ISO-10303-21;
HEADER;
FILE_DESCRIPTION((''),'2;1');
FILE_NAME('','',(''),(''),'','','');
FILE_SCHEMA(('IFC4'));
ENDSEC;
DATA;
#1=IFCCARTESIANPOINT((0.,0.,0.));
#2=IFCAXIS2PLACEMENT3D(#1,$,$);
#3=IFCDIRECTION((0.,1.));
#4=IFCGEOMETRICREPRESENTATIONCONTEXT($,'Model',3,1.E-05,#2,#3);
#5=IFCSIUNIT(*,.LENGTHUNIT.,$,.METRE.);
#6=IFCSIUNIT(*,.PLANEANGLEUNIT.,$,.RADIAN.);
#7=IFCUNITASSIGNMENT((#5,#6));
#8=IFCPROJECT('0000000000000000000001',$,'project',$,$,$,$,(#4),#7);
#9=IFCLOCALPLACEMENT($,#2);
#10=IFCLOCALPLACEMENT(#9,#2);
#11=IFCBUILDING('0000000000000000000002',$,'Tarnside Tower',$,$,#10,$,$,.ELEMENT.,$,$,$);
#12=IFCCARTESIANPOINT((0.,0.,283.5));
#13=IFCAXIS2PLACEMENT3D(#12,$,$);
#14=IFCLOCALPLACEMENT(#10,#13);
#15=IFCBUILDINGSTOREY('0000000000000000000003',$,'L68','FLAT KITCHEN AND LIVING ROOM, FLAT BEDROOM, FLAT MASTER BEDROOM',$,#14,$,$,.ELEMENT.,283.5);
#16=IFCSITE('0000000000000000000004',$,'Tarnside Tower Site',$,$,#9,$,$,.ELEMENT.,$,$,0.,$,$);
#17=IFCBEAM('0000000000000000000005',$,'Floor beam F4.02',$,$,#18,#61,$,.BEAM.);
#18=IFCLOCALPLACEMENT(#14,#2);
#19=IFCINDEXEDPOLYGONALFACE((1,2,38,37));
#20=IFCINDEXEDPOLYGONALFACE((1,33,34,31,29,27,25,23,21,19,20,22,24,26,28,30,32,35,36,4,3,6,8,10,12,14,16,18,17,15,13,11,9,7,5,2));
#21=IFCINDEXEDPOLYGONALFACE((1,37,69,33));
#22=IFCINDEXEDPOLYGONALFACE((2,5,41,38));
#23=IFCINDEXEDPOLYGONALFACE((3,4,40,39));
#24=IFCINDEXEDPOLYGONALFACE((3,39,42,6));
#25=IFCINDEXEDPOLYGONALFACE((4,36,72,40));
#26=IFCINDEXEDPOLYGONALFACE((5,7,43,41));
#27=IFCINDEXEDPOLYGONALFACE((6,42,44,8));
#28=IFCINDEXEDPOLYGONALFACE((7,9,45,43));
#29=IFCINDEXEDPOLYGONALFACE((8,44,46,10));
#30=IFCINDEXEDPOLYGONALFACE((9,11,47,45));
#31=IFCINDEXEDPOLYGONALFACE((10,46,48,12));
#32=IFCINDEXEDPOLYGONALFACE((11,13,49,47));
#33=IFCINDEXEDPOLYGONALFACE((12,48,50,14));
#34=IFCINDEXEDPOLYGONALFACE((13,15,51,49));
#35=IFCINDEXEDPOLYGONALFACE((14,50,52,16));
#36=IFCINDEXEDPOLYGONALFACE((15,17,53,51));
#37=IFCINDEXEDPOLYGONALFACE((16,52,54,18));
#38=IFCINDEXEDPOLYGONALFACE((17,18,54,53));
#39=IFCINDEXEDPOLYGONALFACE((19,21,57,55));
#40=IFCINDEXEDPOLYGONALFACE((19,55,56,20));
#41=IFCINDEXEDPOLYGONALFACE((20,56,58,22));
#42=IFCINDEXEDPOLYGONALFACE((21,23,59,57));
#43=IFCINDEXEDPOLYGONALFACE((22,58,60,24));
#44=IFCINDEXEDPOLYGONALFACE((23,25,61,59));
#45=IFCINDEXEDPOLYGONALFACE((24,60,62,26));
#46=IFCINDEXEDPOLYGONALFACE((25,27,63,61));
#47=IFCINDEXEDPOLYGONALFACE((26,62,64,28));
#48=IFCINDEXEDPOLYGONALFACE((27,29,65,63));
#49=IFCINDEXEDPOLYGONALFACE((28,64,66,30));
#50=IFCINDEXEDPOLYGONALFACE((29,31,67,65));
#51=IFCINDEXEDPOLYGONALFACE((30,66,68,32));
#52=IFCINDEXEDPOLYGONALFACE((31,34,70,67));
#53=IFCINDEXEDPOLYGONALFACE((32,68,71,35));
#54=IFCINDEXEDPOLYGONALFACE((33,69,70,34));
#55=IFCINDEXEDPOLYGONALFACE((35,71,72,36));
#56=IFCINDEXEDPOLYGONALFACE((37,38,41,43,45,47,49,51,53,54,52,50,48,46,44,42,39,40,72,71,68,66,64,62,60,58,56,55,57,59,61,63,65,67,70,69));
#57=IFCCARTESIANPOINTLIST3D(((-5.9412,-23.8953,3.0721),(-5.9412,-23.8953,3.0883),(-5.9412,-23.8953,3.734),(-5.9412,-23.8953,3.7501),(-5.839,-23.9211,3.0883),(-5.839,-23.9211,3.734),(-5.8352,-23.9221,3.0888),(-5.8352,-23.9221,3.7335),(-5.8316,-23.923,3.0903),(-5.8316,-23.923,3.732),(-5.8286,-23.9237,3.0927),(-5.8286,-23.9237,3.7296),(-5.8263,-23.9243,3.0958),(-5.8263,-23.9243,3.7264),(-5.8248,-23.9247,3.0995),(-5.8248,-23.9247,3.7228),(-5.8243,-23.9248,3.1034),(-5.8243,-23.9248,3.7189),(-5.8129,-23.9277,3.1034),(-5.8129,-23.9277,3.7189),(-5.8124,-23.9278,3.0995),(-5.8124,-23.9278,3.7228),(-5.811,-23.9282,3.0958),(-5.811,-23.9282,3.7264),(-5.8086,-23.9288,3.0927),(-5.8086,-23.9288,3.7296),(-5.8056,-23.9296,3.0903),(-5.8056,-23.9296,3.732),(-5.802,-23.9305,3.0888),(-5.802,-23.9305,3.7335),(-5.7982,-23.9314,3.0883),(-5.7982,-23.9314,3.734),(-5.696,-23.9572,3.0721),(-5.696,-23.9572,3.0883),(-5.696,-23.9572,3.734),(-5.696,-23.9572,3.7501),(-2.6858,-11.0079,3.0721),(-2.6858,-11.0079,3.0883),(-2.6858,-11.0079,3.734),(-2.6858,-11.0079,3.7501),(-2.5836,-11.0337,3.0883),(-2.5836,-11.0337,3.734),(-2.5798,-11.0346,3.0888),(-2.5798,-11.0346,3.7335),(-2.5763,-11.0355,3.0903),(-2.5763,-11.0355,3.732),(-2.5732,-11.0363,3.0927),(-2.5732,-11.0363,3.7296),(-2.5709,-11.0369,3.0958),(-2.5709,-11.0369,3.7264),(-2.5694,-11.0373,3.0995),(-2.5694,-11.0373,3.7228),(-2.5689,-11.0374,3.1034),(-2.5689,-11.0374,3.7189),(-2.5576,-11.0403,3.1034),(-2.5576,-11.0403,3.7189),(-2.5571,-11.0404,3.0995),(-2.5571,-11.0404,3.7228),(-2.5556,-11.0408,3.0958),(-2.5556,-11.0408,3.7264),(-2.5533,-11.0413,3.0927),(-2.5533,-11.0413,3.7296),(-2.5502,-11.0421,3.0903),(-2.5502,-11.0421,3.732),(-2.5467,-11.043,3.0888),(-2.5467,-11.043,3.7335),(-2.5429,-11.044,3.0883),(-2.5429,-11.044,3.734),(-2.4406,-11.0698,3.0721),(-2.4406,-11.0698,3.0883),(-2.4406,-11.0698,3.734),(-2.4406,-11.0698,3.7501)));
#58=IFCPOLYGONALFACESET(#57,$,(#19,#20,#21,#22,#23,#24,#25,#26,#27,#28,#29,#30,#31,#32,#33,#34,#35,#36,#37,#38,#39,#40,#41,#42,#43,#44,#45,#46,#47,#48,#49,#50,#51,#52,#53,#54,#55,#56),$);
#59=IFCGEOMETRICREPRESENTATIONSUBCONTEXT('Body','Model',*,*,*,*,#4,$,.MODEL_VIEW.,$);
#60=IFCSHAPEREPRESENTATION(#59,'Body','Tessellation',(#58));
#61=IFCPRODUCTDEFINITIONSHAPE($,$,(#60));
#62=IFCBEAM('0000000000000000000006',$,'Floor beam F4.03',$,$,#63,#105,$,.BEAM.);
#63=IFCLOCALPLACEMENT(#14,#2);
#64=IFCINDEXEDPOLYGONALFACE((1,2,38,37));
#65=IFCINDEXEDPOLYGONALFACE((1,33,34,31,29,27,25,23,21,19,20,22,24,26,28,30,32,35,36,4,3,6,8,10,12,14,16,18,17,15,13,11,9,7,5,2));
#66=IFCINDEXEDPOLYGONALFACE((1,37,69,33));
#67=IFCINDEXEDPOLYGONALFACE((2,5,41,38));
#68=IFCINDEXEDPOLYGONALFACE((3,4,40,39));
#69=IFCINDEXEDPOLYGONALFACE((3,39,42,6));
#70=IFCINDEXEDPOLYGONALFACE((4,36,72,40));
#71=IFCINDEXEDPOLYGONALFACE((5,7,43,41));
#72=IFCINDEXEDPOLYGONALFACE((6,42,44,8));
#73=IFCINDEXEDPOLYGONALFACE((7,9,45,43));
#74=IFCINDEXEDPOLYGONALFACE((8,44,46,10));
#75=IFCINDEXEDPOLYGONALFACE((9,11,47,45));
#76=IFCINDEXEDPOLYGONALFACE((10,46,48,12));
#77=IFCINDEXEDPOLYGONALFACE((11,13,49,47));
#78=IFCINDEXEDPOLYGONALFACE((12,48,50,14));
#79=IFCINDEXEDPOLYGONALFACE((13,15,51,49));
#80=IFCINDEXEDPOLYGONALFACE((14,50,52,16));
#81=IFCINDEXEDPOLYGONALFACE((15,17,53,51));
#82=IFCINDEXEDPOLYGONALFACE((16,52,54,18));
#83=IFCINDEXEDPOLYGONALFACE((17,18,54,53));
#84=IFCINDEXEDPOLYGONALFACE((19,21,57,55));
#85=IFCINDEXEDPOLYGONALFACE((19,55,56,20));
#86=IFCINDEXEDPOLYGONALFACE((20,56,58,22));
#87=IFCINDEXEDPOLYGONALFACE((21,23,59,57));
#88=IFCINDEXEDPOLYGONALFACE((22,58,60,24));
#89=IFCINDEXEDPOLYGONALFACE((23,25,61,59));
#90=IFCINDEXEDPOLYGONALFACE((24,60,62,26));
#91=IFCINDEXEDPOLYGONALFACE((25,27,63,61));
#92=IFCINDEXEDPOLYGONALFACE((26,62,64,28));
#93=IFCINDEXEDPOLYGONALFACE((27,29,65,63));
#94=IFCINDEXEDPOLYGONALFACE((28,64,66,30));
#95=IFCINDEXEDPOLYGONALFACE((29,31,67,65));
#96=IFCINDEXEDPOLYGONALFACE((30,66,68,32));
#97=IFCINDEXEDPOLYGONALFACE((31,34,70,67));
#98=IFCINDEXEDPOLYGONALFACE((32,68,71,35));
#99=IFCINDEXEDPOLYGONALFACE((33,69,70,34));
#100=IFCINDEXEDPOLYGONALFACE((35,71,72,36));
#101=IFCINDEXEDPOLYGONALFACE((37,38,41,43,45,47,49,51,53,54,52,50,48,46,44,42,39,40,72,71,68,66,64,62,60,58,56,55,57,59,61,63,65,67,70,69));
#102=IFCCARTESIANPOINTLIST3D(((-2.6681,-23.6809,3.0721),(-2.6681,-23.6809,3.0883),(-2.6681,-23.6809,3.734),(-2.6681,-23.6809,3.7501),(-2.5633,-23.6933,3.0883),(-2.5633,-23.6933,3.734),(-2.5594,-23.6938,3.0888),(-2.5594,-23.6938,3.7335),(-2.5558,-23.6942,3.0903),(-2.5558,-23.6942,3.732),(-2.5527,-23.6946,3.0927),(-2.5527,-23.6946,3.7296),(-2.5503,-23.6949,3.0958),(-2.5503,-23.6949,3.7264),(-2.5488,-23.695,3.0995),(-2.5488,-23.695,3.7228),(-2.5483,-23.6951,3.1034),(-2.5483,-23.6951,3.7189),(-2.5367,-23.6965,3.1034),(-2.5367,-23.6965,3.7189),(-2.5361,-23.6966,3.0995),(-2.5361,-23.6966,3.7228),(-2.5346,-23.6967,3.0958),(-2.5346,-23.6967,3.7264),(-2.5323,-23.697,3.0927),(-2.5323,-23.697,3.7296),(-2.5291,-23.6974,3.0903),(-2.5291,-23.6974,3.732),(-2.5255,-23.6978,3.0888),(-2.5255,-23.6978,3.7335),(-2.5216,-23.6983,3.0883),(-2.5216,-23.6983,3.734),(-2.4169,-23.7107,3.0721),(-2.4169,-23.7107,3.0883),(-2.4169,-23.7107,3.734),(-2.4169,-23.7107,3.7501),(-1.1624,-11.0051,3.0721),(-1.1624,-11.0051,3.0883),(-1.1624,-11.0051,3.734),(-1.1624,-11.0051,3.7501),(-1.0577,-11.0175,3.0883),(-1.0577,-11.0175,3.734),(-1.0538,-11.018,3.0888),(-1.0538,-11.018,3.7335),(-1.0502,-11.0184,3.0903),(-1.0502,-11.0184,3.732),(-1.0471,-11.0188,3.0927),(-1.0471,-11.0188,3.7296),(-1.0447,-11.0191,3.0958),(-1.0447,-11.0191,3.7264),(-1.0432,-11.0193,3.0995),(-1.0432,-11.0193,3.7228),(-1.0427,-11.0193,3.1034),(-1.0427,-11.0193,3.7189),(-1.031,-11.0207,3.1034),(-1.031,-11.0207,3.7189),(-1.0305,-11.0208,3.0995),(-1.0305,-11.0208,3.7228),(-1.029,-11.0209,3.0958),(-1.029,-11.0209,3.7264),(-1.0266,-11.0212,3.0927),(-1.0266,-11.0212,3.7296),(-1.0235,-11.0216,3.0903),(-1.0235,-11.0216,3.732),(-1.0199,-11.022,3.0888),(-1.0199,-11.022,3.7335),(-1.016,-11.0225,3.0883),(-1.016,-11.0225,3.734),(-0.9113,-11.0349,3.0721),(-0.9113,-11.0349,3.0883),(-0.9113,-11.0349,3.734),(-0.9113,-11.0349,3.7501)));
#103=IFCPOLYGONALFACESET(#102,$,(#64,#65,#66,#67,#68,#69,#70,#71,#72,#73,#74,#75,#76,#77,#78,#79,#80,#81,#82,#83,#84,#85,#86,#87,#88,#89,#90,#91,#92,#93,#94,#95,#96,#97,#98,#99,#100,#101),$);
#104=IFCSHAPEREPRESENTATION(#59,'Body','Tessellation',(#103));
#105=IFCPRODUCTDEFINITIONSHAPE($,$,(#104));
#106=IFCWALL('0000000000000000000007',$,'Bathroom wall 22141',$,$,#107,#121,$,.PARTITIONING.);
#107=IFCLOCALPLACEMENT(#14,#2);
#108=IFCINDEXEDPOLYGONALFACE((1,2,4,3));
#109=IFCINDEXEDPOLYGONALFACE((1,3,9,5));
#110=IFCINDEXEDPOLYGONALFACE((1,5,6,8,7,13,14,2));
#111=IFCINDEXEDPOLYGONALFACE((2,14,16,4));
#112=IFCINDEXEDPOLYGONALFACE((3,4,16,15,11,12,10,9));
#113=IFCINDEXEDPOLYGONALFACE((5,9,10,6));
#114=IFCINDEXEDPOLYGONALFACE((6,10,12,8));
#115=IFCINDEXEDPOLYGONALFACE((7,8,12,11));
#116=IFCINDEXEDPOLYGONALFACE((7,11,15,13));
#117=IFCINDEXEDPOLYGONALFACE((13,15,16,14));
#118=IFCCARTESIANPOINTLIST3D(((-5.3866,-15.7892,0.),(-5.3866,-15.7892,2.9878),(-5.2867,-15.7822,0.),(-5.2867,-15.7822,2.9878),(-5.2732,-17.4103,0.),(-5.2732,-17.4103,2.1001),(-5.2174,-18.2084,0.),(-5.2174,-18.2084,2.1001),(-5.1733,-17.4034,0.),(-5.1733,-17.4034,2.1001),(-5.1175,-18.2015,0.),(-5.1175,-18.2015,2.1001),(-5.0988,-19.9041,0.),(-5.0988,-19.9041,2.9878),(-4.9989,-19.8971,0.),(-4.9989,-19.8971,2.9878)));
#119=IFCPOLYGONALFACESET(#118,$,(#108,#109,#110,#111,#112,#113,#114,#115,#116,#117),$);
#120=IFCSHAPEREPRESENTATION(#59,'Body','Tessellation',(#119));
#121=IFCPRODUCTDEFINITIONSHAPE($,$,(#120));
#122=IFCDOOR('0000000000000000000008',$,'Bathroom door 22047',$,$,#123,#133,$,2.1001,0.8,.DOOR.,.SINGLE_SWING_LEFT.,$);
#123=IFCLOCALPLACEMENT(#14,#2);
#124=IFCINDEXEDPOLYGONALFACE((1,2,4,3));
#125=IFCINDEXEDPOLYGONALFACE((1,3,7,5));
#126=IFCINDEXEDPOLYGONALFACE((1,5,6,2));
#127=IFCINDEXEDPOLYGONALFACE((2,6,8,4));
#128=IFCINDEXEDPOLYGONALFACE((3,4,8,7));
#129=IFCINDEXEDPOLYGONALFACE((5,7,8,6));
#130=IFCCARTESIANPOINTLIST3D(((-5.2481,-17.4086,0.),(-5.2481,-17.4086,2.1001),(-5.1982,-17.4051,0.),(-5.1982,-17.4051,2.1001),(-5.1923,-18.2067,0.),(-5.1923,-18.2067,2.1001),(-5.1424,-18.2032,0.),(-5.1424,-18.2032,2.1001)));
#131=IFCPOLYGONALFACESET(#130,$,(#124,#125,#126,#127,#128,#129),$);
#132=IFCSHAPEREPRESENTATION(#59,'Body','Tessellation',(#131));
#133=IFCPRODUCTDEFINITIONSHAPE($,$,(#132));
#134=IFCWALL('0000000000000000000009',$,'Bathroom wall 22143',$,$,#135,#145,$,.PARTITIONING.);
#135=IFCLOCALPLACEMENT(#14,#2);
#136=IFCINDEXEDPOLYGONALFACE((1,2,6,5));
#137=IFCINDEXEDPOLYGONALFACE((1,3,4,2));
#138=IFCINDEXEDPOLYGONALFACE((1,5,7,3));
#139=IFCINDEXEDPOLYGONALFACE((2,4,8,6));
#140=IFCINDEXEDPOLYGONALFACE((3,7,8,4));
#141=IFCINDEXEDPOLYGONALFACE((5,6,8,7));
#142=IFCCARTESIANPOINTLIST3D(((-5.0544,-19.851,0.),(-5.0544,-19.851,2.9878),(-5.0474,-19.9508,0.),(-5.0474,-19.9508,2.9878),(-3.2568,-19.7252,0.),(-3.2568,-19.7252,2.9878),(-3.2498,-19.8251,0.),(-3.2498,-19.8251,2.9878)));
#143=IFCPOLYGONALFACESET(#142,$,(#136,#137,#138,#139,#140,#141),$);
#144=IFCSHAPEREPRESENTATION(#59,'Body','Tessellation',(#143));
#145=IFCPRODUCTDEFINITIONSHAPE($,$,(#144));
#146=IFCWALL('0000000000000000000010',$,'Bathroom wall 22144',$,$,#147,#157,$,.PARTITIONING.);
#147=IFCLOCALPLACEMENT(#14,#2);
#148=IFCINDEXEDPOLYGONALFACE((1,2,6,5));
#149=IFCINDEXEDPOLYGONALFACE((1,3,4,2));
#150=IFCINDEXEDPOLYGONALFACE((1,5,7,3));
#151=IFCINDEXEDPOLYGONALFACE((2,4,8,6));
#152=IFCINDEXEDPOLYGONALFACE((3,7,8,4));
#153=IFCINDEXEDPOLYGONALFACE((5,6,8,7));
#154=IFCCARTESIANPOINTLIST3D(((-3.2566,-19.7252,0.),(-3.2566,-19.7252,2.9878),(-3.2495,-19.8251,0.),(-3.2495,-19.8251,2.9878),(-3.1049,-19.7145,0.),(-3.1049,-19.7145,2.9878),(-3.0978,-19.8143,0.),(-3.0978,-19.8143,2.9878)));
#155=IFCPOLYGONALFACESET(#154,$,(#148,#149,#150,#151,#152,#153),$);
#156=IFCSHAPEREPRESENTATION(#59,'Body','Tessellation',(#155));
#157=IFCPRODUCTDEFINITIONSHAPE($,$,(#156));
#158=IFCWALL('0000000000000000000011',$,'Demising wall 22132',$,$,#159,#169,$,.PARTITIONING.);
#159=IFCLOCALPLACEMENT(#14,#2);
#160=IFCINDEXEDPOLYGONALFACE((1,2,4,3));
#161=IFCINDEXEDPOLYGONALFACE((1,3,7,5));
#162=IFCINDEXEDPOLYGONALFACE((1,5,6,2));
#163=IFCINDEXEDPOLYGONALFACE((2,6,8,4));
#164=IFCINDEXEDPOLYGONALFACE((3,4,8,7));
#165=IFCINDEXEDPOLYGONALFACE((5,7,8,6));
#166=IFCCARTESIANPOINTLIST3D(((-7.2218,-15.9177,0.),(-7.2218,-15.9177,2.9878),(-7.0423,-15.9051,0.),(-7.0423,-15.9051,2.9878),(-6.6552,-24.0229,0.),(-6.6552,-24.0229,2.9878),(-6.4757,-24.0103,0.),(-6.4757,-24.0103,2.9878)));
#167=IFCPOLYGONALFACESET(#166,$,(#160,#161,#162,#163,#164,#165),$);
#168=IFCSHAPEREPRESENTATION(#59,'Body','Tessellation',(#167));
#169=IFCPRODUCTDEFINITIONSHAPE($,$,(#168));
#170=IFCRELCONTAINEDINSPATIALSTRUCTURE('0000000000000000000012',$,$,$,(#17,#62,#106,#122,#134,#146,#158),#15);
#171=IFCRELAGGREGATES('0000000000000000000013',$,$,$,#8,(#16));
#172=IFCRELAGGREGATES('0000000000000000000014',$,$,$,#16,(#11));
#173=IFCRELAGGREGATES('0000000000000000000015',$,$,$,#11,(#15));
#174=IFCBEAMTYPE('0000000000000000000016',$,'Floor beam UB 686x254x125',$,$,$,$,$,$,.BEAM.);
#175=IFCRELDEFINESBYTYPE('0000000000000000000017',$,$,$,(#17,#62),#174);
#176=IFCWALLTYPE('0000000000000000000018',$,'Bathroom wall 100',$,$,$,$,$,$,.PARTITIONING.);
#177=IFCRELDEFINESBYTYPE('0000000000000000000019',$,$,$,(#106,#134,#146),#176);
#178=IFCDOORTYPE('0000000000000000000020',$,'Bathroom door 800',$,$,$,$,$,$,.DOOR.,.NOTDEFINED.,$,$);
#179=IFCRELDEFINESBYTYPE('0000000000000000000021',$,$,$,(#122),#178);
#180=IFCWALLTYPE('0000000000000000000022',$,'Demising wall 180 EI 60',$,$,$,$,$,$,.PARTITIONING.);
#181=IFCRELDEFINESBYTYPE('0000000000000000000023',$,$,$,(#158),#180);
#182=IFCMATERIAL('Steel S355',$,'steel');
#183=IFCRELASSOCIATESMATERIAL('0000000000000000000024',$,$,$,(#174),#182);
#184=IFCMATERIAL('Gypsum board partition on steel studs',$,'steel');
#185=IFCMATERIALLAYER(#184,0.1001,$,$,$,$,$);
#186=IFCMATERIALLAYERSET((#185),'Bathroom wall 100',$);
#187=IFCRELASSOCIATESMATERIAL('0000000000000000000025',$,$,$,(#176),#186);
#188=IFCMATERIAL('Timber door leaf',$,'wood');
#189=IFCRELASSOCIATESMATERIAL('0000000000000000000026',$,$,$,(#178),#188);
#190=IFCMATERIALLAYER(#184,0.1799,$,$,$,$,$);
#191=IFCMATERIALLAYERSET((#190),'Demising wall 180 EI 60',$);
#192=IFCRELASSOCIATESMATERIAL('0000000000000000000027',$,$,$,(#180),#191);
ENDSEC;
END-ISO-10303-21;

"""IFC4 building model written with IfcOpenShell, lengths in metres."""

from ifc_helpers import new_model, si_unit, direction, frame, frame_2d, origin, origin_2d, place, context, subcontext, project, spatial, rectangle, i_section, extrude, material, layer, layer_set, material_profile, profile_set, type_object, element, fill, save


model = new_model("IFC4")

# Units and contexts
model_context = context("Model", 3, precision=1e-05, world=origin(), true_north=direction((0.0, 1.0)))
body_context = subcontext(model_context, "Body", "Model", "MODEL_VIEW")
ifc_project = project(units=[si_unit("LENGTHUNIT", "METRE"), si_unit("PLANEANGLEUNIT", "RADIAN")], contexts=[model_context])

# Site, building, storey
site_placement = place(None, origin())
site = spatial("IfcSite", under=ifc_project, at=site_placement, Name="Tarnside Tower Site", CompositionType="ELEMENT", RefElevation=0.0)
building_placement = place(site_placement, origin())
building = spatial("IfcBuilding", under=site, at=building_placement, Name="Tarnside Tower", CompositionType="ELEMENT")
storey_placement = place(building_placement, frame((0.0, 0.0, 283.5)))
storey = spatial("IfcBuildingStorey", under=building, at=storey_placement, Name="L68", Description="FLAT KITCHEN AND LIVING ROOM, FLAT BEDROOM, FLAT MASTER BEDROOM", CompositionType="ELEMENT", Elevation=283.5)

# Beams
ifc_material_1 = material(Name="Steel S355", Category="steel")
ifc_material_profile = material_profile(ifc_material_1, i_section(OverallWidth=0.2529, OverallDepth=0.678, WebThickness=0.0117, FlangeThickness=0.0161, FilletRadius=0.0151, at=origin_2d()), Name="UB 686x254x125")
ifc_profile_set = profile_set([ifc_material_profile], Name="Steel S355")
beam_type = type_object("IfcBeamType", Name="Floor beam UB 686x254x125", PredefinedType="BEAM", material=ifc_profile_set)
beam_1_placement = place(storey_placement, frame((-5.8186, -23.9263, 3.4111), z_axis=(0.244908, 0.969546, 0.0), x_axis=(-0.969546, 0.244908, 0.0)))
element("IfcBeam", 1, at=beam_1_placement, inside=storey, type_object=beam_type, Name="Floor beam F4.02", PredefinedType="BEAM", context=body_context, shape_type="SweptSolid", body=[
    extrude(i_section(OverallWidth=0.2529, OverallDepth=0.678, WebThickness=0.0117, FlangeThickness=0.0161, FilletRadius=0.0151, at=origin_2d()), origin(), (0.0, 0.0, 1.0), 13.2922),
])
beam_2_placement = place(storey_placement, frame((-2.5425, -23.6958, 3.4111), z_axis=(0.11795, 0.99302, 0.0), x_axis=(-0.99302, 0.11795, 0.0)))
element("IfcBeam", 2, at=beam_2_placement, inside=storey, type_object=beam_type, Name="Floor beam F4.03", PredefinedType="BEAM", context=body_context, shape_type="SweptSolid", body=[
    extrude(i_section(OverallWidth=0.2529, OverallDepth=0.678, WebThickness=0.0117, FlangeThickness=0.0161, FilletRadius=0.0151, at=origin_2d()), origin(), (0.0, 0.0, 1.0), 12.7649),
])

# Wall, opening, door
ifc_material_2 = material(Name="Gypsum board partition on steel studs", Category="steel")
ifc_layer_1 = layer(ifc_material_2, 0.1001)
ifc_layer_set_1 = layer_set([ifc_layer_1], Name="Bathroom wall 100")
wall_type_1 = type_object("IfcWallType", Name="Bathroom wall 100", PredefinedType="PARTITIONING", material=ifc_layer_set_1)
wall_1_placement = place(storey_placement, frame((-5.0488, -19.9006, 0.0), z_axis=(0.0, 0.0, 1.0), x_axis=(-0.069779, 0.997562, 0.0)))
wall_1 = element("IfcWall", 3, at=wall_1_placement, inside=storey, type_object=wall_type_1, Name="Bathroom wall 22141", PredefinedType="PARTITIONING", context=body_context, shape_type="SweptSolid", body=[
    extrude(rectangle(XDim=4.125, YDim=0.1001, at=frame_2d((2.0625, 0.0))), origin(), (0.0, 0.0, 1.0), 2.9878),
])
opening_1_placement = place(wall_1_placement, frame((1.7, 0.0, 0.0)))
opening_1 = element("IfcOpeningElement", 4, at=opening_1_placement, cuts=wall_1, PredefinedType="OPENING", context=body_context, shape_type="SweptSolid", body=[
    extrude(rectangle(XDim=0.8, YDim=2.1001, at=frame_2d((0.3999, 1.05))), frame((0.0, 0.0601, 0.0), z_axis=(0.0, -1.0, 0.0), x_axis=(1.0, 0.0, 0.0)), (0.0, 0.0, 1.0), 0.1201),
])
ifc_material_3 = material(Name="Timber door leaf", Category="wood")
door_type_1 = type_object("IfcDoorType", Name="Bathroom door 800", OperationType="NOTDEFINED", PredefinedType="DOOR", material=ifc_material_3)
door_1_placement = place(opening_1_placement, origin())
door_1 = element("IfcDoor", 5, at=door_1_placement, inside=storey, type_object=door_type_1, Name="Bathroom door 22047", OperationType="SINGLE_SWING_LEFT", OverallHeight=2.1001, OverallWidth=0.8, PredefinedType="DOOR", context=body_context, shape_type="SweptSolid", body=[
    extrude(rectangle(XDim=0.8, YDim=2.1001, at=frame_2d((0.3999, 1.05))), frame((0.0, 0.0249, 0.0), z_axis=(0.0, -1.0, 0.0), x_axis=(1.0, 0.0, 0.0)), (0.0, 0.0, 1.0), 0.05),
])
fill(opening_1, door_1)

# Walls
wall_2_placement = place(storey_placement, frame((-5.0508, -19.9009, 0.0), z_axis=(0.0, 0.0, 1.0), x_axis=(0.997563, 0.069774, 0.0)))
element("IfcWall", 6, at=wall_2_placement, inside=storey, type_object=wall_type_1, Name="Bathroom wall 22143", PredefinedType="PARTITIONING", context=body_context, shape_type="SweptSolid", body=[
    extrude(rectangle(XDim=1.802, YDim=0.1001, at=frame_2d((0.9009, 0.0))), origin(), (0.0, 0.0, 1.0), 2.9878),
])
wall_3_placement = place(storey_placement, frame((-3.2532, -19.7751, 0.0), z_axis=(0.0, 0.0, 1.0), x_axis=(0.997499, 0.070676, 0.0)))
element("IfcWall", 7, at=wall_3_placement, inside=storey, type_object=wall_type_1, Name="Bathroom wall 22144", PredefinedType="PARTITIONING", context=body_context, shape_type="SweptSolid", body=[
    extrude(rectangle(XDim=0.1521, YDim=0.1001, at=frame_2d((0.0762, 0.0))), origin(), (0.0, 0.0, 1.0), 2.9878),
])
ifc_layer_2 = layer(ifc_material_2, 0.1799)
ifc_layer_set_2 = layer_set([ifc_layer_2], Name="Demising wall 180 EI 60")
wall_type_2 = type_object("IfcWallType", Name="Demising wall 180 EI 60", PredefinedType="PARTITIONING", material=ifc_layer_set_2)
wall_4_placement = place(storey_placement, frame((-6.5654, -24.0166, 0.0), z_axis=(0.0, 0.0, 1.0), x_axis=(-0.069742, 0.997565, 0.0)))
element("IfcWall", 8, at=wall_4_placement, inside=storey, type_object=wall_type_2, Name="Demising wall 22132", PredefinedType="PARTITIONING", context=body_context, shape_type="SweptSolid", body=[
    extrude(rectangle(XDim=8.125, YDim=0.1799, at=frame_2d((4.0625, 0.0))), origin(), (0.0, 0.0, 1.0), 2.9878),
])

save(model, "model.ifc")
